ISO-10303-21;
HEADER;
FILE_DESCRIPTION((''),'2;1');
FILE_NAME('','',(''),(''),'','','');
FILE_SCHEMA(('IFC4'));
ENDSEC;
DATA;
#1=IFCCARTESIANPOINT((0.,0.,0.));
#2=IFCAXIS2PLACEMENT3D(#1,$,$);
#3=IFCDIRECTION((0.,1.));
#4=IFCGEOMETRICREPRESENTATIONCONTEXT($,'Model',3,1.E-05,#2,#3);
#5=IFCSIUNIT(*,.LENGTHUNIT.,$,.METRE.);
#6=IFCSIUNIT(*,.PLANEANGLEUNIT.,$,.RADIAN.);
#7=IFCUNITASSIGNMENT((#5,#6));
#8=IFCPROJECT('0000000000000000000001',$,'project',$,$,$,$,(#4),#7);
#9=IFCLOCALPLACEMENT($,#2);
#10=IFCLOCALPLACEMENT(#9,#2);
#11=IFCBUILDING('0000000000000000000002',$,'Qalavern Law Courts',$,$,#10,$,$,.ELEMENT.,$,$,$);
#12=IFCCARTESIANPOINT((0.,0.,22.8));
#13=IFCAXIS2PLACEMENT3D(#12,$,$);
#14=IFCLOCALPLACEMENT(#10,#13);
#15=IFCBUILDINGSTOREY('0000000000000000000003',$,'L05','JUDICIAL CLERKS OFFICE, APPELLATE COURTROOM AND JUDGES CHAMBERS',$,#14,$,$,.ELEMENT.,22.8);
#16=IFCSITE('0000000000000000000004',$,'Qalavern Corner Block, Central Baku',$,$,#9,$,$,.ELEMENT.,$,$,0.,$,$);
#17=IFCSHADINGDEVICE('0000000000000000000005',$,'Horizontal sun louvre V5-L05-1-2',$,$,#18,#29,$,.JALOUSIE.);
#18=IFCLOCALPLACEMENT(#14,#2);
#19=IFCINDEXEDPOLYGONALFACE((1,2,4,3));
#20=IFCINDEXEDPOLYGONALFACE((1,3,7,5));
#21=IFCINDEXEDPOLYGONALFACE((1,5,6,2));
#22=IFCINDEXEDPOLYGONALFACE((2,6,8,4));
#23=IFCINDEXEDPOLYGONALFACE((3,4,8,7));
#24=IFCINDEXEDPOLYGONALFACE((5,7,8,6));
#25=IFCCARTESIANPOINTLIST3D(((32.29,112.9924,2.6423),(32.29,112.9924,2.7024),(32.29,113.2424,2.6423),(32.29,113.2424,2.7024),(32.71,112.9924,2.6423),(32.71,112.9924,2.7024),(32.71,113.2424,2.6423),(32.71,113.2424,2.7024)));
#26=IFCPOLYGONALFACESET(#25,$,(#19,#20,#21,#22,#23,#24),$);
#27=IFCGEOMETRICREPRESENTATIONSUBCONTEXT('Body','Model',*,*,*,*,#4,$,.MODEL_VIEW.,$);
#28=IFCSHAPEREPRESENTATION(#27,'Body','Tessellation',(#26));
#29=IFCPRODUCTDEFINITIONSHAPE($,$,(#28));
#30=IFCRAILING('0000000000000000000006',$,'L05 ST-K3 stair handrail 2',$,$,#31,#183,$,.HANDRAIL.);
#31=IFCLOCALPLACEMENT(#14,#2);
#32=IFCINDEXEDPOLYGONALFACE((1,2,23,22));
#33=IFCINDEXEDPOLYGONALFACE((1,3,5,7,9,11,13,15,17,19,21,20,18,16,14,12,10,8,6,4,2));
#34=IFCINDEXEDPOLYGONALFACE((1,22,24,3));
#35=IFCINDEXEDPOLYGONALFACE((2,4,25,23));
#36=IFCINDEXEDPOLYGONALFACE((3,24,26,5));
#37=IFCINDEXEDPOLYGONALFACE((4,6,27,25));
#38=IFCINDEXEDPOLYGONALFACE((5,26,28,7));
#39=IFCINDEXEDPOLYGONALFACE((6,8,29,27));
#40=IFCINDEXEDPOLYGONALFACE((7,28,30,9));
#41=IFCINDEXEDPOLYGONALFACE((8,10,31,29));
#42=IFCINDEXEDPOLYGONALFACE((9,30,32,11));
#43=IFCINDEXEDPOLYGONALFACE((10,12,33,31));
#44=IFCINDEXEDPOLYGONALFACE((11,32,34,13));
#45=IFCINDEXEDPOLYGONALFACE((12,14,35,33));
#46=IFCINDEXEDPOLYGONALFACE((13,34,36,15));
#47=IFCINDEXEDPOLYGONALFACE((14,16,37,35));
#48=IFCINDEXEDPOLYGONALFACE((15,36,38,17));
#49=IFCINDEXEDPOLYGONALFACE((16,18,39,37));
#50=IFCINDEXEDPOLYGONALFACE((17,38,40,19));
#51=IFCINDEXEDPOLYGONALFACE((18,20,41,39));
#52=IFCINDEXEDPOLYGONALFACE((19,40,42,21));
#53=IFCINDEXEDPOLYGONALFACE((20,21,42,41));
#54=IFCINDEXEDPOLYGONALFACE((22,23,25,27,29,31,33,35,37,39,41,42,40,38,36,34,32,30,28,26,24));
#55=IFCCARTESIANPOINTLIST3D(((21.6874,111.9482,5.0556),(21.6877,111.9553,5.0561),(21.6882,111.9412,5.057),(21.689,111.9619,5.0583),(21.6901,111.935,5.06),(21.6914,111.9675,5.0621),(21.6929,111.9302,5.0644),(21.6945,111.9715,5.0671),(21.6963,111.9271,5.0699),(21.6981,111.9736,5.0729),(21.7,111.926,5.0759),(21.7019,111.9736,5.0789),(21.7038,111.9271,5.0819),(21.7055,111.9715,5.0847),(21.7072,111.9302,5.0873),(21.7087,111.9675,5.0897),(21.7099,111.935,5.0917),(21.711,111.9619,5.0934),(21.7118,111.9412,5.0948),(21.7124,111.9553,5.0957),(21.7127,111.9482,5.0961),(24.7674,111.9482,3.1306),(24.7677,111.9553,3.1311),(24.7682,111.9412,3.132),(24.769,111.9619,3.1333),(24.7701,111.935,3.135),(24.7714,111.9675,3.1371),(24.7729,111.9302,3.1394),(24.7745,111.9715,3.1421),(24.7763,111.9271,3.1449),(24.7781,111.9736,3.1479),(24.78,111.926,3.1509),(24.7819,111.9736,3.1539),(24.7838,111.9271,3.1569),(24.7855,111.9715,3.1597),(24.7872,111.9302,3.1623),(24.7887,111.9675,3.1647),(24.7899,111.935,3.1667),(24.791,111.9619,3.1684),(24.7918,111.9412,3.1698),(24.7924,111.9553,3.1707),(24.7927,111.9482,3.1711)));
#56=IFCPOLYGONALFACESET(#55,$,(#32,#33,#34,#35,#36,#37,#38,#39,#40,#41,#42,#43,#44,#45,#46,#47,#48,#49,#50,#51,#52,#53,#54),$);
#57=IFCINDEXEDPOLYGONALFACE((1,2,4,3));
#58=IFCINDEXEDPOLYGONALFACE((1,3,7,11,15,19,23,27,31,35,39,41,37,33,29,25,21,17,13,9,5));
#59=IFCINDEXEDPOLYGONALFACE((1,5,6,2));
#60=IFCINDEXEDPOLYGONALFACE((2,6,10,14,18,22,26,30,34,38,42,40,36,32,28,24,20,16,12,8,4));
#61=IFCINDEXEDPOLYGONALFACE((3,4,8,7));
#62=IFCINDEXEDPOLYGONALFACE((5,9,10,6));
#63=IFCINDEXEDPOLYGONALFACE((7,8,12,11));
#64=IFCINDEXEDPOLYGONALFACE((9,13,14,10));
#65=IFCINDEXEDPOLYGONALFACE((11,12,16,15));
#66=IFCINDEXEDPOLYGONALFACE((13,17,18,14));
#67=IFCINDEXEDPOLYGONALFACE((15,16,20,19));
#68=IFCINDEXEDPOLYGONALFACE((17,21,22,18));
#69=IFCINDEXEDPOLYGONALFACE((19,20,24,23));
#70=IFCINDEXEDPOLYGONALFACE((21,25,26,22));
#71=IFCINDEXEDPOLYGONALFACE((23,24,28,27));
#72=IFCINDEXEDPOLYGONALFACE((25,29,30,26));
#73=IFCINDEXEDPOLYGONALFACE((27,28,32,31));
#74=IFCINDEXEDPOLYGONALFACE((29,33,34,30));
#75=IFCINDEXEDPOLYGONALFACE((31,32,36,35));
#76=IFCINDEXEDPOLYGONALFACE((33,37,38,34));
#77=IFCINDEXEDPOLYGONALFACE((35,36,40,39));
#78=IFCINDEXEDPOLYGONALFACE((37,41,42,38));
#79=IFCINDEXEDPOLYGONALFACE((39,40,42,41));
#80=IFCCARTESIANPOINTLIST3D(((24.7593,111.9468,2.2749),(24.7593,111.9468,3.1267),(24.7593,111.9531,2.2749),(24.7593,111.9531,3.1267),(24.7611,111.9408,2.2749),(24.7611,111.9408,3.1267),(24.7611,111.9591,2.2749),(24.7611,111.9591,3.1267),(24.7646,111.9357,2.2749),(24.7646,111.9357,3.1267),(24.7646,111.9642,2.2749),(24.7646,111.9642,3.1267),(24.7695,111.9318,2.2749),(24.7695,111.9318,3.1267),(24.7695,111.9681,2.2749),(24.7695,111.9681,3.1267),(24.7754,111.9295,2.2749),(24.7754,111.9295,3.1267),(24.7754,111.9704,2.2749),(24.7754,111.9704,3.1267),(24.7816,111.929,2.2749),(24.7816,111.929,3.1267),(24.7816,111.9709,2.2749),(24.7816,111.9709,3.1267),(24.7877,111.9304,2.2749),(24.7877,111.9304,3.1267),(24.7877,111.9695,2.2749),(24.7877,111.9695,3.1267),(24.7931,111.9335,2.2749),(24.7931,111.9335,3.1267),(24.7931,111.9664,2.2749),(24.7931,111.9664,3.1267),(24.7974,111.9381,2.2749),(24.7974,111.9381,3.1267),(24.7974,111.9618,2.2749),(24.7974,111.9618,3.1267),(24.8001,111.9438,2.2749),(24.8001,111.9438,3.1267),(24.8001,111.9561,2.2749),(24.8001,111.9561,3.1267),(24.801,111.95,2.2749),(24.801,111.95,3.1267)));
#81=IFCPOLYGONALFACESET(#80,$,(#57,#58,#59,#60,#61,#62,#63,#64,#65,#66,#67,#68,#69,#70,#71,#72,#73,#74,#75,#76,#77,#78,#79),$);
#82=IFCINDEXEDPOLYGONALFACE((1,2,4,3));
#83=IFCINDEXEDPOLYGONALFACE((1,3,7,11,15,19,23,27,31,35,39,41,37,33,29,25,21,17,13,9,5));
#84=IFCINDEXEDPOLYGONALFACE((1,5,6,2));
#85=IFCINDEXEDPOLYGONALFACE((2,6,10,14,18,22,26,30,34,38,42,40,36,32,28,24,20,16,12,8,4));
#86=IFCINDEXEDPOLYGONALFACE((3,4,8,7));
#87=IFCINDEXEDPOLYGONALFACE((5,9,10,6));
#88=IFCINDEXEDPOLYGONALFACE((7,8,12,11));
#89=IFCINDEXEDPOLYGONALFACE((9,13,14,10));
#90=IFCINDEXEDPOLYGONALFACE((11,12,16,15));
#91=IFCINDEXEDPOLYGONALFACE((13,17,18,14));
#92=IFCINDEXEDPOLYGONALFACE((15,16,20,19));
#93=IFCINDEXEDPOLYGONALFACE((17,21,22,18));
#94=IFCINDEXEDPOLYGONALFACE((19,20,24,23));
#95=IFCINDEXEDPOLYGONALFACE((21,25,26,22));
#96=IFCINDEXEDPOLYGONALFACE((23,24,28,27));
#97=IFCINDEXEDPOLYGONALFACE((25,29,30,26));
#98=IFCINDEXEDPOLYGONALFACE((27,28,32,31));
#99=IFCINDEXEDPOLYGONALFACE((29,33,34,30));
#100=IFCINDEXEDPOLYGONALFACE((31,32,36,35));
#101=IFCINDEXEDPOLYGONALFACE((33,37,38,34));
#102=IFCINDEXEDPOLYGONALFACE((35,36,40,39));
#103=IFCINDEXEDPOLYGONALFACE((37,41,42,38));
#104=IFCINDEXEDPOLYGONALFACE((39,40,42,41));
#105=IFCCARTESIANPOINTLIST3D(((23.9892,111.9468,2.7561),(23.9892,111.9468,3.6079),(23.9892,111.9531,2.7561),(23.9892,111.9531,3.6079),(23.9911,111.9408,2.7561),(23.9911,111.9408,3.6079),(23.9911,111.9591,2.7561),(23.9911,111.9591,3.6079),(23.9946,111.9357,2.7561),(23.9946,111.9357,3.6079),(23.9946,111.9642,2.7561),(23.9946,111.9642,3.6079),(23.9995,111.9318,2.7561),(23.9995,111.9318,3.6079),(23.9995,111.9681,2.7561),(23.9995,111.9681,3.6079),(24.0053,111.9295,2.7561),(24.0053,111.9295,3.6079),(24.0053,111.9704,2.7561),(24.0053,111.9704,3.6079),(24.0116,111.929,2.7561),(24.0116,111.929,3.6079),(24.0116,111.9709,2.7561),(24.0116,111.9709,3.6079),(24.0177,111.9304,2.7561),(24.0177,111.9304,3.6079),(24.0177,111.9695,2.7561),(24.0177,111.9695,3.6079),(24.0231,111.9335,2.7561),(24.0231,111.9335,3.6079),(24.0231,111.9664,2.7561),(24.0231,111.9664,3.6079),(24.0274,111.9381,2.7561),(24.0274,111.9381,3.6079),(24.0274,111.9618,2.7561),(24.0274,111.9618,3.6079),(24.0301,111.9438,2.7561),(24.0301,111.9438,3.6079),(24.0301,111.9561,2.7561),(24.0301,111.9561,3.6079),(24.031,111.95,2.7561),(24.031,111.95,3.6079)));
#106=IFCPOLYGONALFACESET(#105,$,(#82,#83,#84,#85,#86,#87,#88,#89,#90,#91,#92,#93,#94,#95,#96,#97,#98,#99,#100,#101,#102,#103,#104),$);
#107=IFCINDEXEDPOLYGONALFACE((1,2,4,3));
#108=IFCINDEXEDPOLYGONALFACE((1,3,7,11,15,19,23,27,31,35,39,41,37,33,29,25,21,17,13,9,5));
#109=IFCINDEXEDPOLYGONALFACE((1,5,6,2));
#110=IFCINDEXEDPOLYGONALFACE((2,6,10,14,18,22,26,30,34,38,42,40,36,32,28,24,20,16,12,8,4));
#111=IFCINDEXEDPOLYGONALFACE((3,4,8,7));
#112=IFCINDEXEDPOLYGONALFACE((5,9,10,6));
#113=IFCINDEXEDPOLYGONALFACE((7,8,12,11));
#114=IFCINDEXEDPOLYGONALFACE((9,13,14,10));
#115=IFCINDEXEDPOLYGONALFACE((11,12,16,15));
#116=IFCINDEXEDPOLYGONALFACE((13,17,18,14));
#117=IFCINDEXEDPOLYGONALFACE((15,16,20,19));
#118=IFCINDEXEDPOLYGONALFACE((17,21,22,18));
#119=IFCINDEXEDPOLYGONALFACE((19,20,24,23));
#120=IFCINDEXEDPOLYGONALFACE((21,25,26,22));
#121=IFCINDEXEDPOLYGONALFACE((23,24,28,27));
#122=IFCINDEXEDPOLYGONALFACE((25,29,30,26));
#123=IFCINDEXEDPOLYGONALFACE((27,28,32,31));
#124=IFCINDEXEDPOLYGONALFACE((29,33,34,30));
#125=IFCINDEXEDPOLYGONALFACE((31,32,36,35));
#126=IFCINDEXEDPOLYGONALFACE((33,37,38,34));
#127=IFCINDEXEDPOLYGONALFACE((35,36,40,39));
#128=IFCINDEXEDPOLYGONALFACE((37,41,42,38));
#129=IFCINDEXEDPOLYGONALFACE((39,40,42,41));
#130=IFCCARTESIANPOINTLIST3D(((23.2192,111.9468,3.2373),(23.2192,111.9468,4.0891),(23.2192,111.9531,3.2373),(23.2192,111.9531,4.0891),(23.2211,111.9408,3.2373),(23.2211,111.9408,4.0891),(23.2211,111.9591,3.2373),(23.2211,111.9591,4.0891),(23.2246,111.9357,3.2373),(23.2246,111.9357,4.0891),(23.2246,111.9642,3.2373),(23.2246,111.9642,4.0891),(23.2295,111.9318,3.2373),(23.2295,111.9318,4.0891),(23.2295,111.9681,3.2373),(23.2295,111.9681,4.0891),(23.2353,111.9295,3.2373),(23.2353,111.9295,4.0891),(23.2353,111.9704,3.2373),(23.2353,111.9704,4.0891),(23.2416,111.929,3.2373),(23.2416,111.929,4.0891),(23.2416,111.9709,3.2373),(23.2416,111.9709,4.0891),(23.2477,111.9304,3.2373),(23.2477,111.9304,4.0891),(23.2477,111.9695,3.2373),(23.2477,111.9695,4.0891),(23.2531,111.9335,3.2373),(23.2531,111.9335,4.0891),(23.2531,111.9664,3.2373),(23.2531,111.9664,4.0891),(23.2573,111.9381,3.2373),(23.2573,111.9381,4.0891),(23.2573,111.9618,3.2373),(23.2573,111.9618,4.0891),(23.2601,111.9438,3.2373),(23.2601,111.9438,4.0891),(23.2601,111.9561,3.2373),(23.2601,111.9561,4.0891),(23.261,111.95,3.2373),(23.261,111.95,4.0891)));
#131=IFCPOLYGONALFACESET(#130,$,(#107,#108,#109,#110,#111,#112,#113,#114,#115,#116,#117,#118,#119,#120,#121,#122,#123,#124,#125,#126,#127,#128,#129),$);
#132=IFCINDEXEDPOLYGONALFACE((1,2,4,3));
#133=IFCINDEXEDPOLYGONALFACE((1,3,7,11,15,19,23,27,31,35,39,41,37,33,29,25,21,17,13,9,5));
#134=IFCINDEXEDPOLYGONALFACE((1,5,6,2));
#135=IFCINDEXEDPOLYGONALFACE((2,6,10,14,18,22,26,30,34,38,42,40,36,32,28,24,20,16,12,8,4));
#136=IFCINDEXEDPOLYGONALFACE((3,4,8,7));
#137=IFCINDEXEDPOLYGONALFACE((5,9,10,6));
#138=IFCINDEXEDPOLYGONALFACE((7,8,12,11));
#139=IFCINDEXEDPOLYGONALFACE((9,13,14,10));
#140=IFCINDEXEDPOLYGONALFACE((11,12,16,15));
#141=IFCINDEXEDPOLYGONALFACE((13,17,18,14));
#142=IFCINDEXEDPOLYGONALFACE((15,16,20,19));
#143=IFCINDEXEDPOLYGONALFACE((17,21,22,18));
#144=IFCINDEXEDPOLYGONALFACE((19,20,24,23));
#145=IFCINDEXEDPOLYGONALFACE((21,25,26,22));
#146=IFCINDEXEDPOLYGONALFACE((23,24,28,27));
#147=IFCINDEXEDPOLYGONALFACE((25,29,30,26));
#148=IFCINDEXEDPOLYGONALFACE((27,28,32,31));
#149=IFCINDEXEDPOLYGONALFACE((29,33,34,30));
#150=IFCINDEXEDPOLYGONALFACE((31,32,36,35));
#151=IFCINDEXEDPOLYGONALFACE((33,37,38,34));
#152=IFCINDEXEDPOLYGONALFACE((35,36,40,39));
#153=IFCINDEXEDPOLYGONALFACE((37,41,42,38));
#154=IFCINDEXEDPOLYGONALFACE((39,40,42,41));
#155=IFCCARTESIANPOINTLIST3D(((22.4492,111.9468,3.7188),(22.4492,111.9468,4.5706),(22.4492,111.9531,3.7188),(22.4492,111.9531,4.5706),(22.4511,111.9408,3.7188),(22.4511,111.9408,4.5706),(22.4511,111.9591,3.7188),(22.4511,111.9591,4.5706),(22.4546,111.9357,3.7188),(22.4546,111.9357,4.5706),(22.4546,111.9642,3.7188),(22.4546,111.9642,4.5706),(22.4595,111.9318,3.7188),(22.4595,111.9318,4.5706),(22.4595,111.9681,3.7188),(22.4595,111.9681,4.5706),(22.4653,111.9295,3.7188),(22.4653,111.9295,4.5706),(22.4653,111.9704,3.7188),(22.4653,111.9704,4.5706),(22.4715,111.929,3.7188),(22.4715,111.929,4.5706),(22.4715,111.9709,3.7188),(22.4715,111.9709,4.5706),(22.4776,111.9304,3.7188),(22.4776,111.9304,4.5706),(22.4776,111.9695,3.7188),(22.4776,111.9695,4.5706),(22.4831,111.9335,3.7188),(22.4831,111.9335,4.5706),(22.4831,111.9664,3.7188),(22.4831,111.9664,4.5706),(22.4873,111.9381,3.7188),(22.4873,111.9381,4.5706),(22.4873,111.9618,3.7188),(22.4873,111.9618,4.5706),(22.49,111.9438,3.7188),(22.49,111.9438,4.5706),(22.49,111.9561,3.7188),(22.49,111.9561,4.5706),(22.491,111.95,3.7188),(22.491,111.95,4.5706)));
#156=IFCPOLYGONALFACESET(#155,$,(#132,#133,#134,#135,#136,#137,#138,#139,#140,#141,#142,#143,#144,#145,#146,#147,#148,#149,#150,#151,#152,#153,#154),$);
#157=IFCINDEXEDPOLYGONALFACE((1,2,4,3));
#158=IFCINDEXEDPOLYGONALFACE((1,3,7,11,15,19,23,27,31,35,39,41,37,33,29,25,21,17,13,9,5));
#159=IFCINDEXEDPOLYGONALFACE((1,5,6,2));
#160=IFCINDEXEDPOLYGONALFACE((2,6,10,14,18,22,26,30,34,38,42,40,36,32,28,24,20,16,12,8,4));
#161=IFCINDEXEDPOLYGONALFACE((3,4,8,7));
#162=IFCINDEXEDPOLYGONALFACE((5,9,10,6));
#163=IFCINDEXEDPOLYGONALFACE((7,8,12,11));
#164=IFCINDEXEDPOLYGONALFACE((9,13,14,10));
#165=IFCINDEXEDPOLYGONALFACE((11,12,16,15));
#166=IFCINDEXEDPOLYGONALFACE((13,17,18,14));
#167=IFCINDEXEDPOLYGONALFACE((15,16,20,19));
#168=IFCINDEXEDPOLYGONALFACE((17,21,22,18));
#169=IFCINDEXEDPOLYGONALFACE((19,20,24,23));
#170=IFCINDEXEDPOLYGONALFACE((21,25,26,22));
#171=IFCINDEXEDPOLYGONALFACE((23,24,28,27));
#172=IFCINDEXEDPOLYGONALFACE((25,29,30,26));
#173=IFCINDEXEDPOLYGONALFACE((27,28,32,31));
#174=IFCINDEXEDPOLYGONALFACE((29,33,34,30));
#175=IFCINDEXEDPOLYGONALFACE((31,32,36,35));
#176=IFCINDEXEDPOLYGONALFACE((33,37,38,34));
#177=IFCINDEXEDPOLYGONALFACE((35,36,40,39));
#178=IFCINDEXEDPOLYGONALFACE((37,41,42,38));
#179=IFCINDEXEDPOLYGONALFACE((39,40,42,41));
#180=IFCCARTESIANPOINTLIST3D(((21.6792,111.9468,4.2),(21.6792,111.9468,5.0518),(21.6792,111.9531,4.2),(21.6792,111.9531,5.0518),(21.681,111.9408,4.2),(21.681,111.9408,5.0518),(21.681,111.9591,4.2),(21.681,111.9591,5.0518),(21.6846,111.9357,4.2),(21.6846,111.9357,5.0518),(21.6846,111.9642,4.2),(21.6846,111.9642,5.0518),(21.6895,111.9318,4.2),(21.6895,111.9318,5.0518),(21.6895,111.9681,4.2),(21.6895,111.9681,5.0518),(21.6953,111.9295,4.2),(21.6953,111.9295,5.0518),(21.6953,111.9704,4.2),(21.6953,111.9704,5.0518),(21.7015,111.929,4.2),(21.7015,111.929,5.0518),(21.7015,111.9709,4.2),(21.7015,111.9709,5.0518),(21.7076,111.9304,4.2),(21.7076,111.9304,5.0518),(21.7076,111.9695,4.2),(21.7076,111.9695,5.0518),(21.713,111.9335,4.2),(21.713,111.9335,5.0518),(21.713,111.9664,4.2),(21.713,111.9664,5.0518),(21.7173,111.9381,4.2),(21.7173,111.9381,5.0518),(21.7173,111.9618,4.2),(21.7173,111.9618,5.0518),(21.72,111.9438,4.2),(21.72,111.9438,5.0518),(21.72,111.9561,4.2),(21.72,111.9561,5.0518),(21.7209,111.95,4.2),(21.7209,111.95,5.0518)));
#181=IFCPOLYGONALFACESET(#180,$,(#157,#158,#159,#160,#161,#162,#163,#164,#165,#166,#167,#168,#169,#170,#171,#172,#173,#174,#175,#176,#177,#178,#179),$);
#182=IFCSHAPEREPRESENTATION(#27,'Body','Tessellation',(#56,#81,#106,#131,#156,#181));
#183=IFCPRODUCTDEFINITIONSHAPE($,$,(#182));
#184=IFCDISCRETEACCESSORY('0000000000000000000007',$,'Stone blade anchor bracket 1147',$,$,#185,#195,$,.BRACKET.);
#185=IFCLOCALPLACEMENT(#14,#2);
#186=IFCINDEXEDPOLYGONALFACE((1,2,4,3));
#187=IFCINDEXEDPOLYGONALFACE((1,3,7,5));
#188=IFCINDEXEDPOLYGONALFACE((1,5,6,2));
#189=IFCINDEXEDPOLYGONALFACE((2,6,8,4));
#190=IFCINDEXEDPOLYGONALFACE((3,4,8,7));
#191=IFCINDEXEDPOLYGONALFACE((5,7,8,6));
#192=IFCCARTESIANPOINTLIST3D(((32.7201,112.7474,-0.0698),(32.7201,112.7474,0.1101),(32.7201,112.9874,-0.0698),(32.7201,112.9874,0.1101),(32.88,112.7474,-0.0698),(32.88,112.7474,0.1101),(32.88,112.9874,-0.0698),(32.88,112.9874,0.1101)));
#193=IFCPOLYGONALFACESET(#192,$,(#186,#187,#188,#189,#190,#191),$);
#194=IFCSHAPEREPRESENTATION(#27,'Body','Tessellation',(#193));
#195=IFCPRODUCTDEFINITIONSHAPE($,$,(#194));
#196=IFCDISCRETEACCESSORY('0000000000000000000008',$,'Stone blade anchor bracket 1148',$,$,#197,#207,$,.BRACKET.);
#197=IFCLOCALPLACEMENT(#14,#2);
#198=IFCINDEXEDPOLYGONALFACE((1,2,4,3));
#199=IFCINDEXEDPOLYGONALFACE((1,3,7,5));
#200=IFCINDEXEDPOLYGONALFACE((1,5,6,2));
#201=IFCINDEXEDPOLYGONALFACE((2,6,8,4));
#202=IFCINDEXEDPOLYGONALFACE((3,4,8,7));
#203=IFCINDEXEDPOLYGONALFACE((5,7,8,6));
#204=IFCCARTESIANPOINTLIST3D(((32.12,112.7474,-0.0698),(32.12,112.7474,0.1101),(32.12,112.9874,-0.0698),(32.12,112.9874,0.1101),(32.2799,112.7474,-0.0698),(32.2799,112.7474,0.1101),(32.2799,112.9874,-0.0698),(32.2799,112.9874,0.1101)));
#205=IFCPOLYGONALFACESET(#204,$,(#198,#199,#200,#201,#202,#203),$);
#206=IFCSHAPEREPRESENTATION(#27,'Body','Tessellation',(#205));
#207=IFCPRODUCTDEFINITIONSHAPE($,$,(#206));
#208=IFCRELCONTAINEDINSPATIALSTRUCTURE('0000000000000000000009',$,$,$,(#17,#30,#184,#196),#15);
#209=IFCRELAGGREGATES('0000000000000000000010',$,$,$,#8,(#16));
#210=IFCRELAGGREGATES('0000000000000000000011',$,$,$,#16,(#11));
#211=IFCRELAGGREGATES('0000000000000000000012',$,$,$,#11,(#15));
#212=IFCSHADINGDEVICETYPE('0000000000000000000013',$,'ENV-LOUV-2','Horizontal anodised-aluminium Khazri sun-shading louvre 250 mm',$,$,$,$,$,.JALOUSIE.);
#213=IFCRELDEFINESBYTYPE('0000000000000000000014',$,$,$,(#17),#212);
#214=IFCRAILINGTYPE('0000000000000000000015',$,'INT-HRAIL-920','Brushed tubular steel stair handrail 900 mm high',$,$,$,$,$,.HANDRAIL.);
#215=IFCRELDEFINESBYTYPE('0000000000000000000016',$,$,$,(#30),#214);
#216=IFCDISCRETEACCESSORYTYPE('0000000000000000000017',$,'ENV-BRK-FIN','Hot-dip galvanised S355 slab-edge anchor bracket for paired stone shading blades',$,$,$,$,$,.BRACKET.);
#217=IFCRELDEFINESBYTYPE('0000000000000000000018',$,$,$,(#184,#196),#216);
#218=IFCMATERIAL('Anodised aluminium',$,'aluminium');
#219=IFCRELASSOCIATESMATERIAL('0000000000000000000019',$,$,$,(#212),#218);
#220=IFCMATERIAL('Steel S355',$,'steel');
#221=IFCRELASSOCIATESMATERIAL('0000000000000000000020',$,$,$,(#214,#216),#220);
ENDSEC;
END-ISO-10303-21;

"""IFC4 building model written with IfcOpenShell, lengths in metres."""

from ifc_helpers import new_model, si_unit, direction, frame, origin, origin_2d, place, context, subcontext, project, spatial, rectangle, circle, extrude, material, type_object, element, save


model = new_model("IFC4")

# Units and contexts
model_context = context("Model", 3, precision=1e-05, world=origin(), true_north=direction((0.0, 1.0)))
body_context = subcontext(model_context, "Body", "Model", "MODEL_VIEW")
ifc_project = project(units=[si_unit("LENGTHUNIT", "METRE"), si_unit("PLANEANGLEUNIT", "RADIAN")], contexts=[model_context])

# Site, building, storey
site_placement = place(None, origin())
site = spatial("IfcSite", under=ifc_project, at=site_placement, Name="Qalavern Corner Block, Central Baku", CompositionType="ELEMENT", RefElevation=0.0)
building_placement = place(site_placement, origin())
building = spatial("IfcBuilding", under=site, at=building_placement, Name="Qalavern Law Courts", CompositionType="ELEMENT")
storey_placement = place(building_placement, frame((0.0, 0.0, 22.8)))
storey = spatial("IfcBuildingStorey", under=building, at=storey_placement, Name="L05", Description="JUDICIAL CLERKS OFFICE, APPELLATE COURTROOM AND JUDGES CHAMBERS", CompositionType="ELEMENT", Elevation=22.8)

# Shared definitions
ifc_material_1 = material(Name="Anodised aluminium", Category="aluminium")

# Shading device
shading_device_type = type_object("IfcShadingDeviceType", Name="ENV-LOUV-2", Description="Horizontal anodised-aluminium Khazri sun-shading louvre 250 mm", PredefinedType="JALOUSIE", material=ifc_material_1)
for number, where, z_axis, x_axis, name in (
    (1, (32.5, 113.1174, 2.6423), (0.0, 0.0, 1.0), (-1.0, 0.0, 0.0), "Horizontal sun louvre V5-L05-1-2"),
):
    element("IfcShadingDevice", number, at=place(storey_placement, frame(where, z_axis=z_axis, x_axis=x_axis)), inside=storey, type_object=shading_device_type, Name=name, PredefinedType="JALOUSIE", context=body_context, shape_type="SweptSolid", body=[
        extrude(rectangle(XDim=0.4199, YDim=0.25, at=origin_2d()), origin(), (0.0, 0.0, 1.0), 0.0601),
    ])

# Railing
ifc_material_2 = material(Name="Steel S355", Category="steel")
railing_type = type_object("IfcRailingType", Name="INT-HRAIL-920", Description="Brushed tubular steel stair handrail 900 mm high", PredefinedType="HANDRAIL", material=ifc_material_2)
railing_placement = place(storey_placement, frame((24.78, 111.95, 2.2749)))
element("IfcRailing", 2, at=railing_placement, inside=storey, type_object=railing_type, Name="L05 ST-K3 stair handrail 2", PredefinedType="HANDRAIL", context=body_context, shape_type="SweptSolid", body=[
    extrude(circle(Radius=0.0239, at=origin_2d()), frame((0.0, 0.0, 0.876), z_axis=(-0.847998, 0.0, 0.529999), x_axis=(0.0, -1.0, 0.0)), (0.0, 0.0, 1.0), 3.6321),
    extrude(circle(Radius=0.021, at=origin_2d()), origin(), (0.0, 0.0, 1.0), 0.8518),
    extrude(circle(Radius=0.021, at=origin_2d()), frame((-0.77, 0.0, 0.4812)), (0.0, 0.0, 1.0), 0.8518),
    extrude(circle(Radius=0.021, at=origin_2d()), frame((-1.54, 0.0, 0.9624)), (0.0, 0.0, 1.0), 0.8518),
    extrude(circle(Radius=0.021, at=origin_2d()), frame((-2.3101, 0.0, 1.4438)), (0.0, 0.0, 1.0), 0.8518),
    extrude(circle(Radius=0.021, at=origin_2d()), frame((-3.0801, 0.0, 1.925)), (0.0, 0.0, 1.0), 0.8518),
])

# Discrete accessories
discrete_accessory_type = type_object("IfcDiscreteAccessoryType", Name="ENV-BRK-FIN", Description="Hot-dip galvanised S355 slab-edge anchor bracket for paired stone shading blades", PredefinedType="BRACKET", material=ifc_material_2)
for number, where, z_axis, x_axis, name in (
    (3, (32.8, 112.8674, -0.0698), (0.0, 0.0, 1.0), (0.0, 1.0, 0.0), "Stone blade anchor bracket 1147"),
    (4, (32.2, 112.8674, -0.0698), (0.0, 0.0, 1.0), (0.0, 1.0, 0.0), "Stone blade anchor bracket 1148"),
):
    element("IfcDiscreteAccessory", number, at=place(storey_placement, frame(where, z_axis=z_axis, x_axis=x_axis)), inside=storey, type_object=discrete_accessory_type, Name=name, PredefinedType="BRACKET", context=body_context, shape_type="SweptSolid", body=[
        extrude(rectangle(XDim=0.24, YDim=0.1599, at=origin_2d()), origin(), (0.0, 0.0, 1.0), 0.1799),
    ])

save(model, "model.ifc")
